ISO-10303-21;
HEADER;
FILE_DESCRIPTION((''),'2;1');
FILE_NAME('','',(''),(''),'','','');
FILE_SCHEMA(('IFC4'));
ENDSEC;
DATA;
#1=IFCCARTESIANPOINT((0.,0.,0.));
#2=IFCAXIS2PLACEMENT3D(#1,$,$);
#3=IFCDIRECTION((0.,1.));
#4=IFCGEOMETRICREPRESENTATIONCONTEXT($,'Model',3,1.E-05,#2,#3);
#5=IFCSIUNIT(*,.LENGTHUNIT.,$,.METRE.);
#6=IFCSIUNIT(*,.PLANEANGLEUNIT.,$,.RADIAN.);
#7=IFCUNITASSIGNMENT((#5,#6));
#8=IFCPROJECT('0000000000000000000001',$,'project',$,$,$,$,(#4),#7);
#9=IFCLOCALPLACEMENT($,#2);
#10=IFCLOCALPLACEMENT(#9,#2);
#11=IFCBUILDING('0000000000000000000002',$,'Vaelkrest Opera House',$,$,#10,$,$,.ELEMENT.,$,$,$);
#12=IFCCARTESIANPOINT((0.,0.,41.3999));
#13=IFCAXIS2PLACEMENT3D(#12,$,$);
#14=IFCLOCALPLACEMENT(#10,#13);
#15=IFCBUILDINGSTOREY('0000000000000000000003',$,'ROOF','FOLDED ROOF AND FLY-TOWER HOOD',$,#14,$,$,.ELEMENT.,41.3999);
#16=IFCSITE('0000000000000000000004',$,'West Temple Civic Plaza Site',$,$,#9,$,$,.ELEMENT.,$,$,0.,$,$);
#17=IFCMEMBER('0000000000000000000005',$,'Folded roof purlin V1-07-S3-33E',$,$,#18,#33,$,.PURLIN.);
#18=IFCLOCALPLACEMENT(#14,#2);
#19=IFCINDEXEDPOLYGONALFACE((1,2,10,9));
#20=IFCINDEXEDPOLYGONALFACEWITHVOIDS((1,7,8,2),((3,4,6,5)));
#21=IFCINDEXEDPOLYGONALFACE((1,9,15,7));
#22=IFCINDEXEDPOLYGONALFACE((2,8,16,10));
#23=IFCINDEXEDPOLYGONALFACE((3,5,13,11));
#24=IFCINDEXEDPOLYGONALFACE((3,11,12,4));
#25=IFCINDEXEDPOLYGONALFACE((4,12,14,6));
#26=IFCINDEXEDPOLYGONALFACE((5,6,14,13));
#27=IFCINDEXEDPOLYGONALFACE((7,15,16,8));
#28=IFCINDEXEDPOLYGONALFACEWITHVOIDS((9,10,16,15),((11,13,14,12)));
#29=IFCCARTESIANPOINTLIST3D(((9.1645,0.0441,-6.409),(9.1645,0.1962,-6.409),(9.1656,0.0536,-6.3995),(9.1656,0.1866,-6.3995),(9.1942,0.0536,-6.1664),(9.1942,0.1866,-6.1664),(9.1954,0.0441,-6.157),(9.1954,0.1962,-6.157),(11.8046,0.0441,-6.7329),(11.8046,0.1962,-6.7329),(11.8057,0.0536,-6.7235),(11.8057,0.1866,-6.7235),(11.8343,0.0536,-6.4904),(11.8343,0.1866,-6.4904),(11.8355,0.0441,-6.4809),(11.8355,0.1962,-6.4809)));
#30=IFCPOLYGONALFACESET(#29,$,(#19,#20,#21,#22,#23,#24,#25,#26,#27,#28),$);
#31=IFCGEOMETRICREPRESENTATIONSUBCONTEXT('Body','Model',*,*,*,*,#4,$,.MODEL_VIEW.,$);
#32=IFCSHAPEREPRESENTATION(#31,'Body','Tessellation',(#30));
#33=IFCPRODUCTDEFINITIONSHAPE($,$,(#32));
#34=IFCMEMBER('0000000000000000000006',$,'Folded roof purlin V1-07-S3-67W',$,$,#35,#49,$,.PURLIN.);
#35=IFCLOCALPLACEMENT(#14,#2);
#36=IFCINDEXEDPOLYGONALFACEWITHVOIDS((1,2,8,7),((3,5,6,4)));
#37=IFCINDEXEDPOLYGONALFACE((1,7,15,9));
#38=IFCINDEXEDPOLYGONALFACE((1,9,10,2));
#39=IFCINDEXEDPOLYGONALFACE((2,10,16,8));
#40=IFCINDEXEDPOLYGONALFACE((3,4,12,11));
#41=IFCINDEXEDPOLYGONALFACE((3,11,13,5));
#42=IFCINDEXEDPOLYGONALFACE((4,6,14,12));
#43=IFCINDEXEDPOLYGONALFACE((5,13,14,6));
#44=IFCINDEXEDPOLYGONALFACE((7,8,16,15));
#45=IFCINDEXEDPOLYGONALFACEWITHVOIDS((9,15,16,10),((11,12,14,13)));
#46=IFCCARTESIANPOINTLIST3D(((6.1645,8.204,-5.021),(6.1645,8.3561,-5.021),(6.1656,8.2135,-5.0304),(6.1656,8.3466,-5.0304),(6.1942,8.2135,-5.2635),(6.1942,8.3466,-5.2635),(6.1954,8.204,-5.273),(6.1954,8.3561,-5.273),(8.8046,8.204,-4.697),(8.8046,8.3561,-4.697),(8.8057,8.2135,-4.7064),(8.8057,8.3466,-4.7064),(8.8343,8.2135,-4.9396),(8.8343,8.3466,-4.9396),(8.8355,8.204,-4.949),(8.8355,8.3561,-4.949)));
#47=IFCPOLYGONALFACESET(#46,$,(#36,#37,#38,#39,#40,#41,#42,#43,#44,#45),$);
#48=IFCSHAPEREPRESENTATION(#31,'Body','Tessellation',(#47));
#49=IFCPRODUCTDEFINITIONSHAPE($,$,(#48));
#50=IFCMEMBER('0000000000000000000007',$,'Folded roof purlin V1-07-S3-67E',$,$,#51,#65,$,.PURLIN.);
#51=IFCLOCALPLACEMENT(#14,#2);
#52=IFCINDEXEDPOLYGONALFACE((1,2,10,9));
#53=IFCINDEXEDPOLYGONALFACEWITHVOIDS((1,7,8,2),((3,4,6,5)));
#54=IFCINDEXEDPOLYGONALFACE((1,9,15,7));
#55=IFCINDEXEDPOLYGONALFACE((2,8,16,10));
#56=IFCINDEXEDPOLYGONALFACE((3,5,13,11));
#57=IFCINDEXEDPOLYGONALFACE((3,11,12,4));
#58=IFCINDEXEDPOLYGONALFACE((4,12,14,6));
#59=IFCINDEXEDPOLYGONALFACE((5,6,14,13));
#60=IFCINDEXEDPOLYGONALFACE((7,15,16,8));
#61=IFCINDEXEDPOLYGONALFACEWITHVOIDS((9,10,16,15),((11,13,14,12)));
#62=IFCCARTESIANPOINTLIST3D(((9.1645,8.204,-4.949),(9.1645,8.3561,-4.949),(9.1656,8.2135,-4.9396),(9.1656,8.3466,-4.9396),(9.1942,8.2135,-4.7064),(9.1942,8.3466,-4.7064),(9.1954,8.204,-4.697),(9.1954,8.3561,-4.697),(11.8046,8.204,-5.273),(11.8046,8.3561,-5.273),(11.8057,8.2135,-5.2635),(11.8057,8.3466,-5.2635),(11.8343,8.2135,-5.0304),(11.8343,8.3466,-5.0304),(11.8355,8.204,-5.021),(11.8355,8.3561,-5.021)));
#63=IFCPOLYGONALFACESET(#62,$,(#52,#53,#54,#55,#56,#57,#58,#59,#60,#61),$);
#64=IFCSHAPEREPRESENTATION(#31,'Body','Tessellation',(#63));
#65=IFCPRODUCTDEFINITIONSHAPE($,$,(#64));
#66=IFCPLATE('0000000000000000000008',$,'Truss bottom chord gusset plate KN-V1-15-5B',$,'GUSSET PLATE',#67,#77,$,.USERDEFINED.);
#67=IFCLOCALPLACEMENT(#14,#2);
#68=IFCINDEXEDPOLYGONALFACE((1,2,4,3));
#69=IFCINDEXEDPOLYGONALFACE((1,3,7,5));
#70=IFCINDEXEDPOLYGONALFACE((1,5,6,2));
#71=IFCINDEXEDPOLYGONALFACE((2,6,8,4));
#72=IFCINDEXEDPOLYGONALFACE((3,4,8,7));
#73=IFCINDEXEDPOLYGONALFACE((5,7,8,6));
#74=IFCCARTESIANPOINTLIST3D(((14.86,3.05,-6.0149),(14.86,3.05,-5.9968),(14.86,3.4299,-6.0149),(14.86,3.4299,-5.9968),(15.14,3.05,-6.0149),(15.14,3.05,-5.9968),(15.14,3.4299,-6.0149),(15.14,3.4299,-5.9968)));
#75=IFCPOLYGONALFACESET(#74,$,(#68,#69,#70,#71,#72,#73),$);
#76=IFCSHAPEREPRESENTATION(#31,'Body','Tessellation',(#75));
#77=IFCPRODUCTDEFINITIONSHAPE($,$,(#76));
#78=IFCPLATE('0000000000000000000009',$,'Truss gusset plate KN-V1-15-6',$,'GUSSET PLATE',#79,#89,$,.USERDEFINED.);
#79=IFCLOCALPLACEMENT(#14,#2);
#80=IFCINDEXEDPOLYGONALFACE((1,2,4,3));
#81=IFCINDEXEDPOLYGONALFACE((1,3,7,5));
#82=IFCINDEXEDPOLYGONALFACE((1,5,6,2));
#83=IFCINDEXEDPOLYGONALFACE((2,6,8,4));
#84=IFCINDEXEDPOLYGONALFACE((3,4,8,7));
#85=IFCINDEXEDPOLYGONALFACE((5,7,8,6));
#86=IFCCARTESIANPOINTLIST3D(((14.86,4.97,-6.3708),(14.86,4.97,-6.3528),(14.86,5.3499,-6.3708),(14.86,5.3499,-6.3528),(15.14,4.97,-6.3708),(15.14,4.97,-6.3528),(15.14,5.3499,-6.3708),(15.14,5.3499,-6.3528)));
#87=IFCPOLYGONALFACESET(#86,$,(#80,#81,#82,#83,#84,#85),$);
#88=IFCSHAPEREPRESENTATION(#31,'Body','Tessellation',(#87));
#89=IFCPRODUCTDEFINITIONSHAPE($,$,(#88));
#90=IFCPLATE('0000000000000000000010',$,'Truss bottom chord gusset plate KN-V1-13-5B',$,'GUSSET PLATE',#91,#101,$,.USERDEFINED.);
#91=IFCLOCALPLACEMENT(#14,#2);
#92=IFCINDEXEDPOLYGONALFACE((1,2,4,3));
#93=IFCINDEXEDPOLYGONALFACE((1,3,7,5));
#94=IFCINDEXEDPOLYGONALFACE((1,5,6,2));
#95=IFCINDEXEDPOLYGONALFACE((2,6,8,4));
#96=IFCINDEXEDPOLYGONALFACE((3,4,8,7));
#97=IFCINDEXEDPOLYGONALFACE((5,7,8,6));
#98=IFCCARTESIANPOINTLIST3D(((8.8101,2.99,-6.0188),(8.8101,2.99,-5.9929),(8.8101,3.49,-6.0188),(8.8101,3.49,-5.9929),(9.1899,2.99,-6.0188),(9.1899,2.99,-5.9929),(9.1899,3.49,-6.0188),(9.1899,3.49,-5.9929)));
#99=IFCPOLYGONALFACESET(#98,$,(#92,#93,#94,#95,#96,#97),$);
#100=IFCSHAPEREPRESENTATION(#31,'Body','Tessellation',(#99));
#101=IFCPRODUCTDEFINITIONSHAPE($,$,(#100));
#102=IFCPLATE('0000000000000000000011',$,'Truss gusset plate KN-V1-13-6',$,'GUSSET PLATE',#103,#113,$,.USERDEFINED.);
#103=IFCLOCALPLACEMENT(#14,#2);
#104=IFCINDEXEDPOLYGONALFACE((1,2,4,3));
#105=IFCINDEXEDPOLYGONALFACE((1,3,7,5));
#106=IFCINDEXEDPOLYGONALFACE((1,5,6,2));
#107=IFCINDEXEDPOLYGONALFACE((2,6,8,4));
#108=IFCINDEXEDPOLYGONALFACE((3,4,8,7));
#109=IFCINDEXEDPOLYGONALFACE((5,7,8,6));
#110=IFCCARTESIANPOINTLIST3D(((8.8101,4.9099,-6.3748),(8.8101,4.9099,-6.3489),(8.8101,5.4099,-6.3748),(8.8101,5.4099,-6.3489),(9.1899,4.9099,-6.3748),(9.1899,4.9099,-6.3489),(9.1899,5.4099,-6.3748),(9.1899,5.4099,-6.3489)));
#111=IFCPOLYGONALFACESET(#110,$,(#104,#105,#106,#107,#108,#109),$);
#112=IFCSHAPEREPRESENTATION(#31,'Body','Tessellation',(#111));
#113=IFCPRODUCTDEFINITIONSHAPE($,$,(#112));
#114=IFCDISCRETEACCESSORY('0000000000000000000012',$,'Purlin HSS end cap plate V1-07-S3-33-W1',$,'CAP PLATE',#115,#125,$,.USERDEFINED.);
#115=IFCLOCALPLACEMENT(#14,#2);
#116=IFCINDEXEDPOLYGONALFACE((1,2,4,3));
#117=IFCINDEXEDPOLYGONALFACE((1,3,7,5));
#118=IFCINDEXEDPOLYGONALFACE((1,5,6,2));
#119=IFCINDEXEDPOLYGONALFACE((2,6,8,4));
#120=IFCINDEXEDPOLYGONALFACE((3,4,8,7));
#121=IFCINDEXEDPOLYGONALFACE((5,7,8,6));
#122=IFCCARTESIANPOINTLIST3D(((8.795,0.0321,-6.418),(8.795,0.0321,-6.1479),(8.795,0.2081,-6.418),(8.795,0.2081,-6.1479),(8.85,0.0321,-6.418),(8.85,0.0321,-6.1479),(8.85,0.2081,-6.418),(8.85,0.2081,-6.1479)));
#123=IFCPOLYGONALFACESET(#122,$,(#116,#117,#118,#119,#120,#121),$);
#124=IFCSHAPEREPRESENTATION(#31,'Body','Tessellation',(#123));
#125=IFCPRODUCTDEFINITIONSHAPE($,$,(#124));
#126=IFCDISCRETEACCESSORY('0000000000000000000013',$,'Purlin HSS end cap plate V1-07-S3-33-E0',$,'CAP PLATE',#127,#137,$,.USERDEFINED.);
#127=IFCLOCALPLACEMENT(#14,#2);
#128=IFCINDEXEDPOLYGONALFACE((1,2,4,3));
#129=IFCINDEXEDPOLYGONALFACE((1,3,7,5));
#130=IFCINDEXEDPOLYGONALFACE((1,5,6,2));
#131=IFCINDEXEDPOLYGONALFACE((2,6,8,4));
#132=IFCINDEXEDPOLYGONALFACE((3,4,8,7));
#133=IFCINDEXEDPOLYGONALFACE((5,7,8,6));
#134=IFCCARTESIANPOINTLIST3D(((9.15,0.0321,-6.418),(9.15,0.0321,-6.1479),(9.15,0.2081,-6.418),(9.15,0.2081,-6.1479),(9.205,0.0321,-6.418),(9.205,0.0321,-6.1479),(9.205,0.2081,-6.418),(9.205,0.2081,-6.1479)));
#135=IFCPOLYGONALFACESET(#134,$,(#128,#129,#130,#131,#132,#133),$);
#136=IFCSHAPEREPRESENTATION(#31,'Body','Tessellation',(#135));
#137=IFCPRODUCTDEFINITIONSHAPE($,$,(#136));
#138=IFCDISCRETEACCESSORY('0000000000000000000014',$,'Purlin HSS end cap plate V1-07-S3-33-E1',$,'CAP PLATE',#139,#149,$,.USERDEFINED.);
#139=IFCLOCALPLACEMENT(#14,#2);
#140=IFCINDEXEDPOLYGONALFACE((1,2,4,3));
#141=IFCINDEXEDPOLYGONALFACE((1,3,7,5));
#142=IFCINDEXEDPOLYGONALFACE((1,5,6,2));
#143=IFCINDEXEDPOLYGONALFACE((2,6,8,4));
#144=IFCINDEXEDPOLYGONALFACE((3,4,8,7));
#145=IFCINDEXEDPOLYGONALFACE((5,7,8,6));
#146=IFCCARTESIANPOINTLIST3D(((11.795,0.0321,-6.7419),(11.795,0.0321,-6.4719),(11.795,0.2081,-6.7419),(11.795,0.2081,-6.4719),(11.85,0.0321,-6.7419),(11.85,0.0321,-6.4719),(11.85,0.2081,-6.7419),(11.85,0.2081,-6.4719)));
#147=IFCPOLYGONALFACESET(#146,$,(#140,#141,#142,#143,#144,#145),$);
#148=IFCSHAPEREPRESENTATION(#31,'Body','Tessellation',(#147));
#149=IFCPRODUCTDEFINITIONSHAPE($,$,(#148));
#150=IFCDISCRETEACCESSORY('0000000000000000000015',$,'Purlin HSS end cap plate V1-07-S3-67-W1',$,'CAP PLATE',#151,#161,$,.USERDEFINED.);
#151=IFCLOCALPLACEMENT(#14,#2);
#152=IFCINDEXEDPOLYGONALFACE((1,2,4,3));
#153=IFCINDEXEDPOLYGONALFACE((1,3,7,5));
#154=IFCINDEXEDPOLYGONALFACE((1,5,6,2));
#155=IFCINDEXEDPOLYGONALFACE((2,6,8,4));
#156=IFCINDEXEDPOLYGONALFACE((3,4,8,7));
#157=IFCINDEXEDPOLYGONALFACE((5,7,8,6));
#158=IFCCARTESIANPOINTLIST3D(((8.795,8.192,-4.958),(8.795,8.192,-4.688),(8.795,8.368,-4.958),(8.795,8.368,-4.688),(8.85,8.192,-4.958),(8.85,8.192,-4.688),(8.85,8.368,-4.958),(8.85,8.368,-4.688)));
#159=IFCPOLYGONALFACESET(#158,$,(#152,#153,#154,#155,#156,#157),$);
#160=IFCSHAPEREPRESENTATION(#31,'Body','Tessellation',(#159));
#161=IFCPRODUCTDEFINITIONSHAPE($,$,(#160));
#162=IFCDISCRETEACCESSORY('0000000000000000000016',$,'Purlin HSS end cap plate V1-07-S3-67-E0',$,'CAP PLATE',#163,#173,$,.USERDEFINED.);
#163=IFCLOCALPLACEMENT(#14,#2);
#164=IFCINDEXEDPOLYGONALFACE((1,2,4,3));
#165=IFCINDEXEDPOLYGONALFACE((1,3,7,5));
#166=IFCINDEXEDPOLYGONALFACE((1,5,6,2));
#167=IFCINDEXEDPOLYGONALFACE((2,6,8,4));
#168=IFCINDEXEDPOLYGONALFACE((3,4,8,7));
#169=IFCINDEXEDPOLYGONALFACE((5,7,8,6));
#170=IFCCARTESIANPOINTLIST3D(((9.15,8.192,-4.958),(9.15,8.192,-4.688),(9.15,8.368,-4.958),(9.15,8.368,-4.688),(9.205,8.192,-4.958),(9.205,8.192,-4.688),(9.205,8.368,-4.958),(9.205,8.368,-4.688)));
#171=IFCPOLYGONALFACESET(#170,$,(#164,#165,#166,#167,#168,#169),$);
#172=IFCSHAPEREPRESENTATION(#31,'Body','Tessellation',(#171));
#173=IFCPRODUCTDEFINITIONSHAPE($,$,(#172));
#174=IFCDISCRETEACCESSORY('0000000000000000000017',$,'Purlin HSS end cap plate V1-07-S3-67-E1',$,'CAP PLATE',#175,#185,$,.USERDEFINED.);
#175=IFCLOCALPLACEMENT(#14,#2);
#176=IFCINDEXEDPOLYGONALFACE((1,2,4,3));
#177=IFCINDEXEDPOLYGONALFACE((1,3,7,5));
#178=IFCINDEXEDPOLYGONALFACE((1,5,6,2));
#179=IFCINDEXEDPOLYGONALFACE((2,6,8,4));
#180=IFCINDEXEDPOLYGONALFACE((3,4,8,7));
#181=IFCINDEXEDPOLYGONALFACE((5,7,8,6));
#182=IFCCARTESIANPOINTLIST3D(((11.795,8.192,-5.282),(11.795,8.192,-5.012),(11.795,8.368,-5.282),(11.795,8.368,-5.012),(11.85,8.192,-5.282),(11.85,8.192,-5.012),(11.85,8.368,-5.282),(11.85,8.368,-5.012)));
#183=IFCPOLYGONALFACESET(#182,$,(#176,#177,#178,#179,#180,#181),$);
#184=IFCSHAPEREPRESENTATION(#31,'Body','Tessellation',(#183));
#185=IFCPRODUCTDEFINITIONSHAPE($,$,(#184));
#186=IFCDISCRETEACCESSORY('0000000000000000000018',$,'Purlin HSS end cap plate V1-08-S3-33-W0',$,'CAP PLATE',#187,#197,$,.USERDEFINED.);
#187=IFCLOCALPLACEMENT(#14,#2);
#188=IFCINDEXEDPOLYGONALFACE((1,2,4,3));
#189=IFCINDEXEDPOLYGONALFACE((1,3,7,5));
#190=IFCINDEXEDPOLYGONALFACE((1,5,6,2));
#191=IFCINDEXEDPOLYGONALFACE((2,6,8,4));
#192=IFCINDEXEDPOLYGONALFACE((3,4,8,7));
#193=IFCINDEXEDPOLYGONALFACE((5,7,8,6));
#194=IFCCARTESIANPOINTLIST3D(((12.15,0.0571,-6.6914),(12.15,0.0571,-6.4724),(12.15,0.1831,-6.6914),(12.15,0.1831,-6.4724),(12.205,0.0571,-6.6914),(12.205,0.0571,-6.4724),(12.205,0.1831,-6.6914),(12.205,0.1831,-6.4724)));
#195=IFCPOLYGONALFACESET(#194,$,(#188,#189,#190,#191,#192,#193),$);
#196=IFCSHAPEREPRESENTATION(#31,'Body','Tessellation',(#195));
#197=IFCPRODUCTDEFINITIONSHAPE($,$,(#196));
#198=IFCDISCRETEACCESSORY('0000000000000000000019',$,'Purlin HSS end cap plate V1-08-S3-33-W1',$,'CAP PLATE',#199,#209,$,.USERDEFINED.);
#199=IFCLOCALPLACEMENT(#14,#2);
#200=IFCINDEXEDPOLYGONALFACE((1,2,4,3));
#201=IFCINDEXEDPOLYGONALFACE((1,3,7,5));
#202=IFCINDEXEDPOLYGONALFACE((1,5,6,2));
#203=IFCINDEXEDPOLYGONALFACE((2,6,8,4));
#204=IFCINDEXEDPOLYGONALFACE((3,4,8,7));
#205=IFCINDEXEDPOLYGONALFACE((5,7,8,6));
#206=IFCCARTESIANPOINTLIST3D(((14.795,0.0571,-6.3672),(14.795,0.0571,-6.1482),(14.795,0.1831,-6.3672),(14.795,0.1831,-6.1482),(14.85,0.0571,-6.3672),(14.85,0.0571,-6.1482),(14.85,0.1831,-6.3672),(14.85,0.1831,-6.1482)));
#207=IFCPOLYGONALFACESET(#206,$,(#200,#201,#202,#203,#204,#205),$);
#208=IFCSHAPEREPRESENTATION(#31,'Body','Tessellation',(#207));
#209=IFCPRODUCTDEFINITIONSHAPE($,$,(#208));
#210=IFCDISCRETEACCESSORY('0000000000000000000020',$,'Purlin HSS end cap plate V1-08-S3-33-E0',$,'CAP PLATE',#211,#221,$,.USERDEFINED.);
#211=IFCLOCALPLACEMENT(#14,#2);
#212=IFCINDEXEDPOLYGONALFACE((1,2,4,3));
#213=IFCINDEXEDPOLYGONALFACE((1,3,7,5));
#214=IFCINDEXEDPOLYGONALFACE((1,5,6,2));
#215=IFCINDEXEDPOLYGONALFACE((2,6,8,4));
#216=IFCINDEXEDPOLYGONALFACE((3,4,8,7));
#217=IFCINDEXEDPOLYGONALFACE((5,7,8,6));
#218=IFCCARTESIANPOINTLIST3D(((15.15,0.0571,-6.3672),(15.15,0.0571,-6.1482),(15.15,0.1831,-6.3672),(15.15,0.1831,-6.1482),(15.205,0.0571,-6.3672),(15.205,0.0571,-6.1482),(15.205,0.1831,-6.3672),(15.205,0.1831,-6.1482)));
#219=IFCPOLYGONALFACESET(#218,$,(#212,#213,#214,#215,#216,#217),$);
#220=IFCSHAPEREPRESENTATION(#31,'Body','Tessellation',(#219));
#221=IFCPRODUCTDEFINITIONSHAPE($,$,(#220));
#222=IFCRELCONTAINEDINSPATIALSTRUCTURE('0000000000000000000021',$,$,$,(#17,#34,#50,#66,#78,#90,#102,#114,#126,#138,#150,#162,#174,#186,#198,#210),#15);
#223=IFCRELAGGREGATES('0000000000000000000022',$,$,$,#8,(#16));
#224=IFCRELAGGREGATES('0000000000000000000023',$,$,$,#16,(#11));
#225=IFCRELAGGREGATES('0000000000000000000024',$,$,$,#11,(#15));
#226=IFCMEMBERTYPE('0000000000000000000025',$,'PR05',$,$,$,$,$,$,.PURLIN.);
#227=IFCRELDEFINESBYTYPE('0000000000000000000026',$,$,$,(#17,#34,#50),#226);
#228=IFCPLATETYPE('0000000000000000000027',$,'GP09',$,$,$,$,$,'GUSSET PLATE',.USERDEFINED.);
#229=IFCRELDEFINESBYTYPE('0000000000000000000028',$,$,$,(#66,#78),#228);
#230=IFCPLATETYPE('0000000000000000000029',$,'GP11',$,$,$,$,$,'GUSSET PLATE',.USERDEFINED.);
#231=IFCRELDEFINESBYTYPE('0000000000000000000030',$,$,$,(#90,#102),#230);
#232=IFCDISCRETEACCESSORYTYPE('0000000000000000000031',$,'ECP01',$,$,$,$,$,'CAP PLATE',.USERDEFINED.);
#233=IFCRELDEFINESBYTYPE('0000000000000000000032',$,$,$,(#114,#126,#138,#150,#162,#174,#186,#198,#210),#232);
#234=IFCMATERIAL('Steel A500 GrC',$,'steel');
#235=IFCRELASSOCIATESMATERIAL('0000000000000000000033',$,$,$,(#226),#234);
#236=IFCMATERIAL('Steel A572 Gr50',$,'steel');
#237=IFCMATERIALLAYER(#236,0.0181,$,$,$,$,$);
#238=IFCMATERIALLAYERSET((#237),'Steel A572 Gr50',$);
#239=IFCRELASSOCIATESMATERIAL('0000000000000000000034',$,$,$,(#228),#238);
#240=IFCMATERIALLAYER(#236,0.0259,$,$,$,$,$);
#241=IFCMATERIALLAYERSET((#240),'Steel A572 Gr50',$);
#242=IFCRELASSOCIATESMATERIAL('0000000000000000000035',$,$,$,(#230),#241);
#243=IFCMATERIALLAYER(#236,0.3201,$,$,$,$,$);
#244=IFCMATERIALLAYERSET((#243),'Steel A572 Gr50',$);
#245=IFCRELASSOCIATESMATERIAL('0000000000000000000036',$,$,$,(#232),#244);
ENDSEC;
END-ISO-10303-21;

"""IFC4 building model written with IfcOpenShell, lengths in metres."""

from ifc_helpers import new_model, si_unit, direction, frame, origin, origin_2d, place, context, subcontext, project, spatial, rectangle, hollow_rectangle, extrude, material, layer, layer_set, material_profile, profile_set, type_object, element, save


model = new_model("IFC4")

# Units and contexts
model_context = context("Model", 3, precision=1e-05, world=origin(), true_north=direction((0.0, 1.0)))
body_context = subcontext(model_context, "Body", "Model", "MODEL_VIEW")
ifc_project = project(units=[si_unit("LENGTHUNIT", "METRE"), si_unit("PLANEANGLEUNIT", "RADIAN")], contexts=[model_context])

# Site, building, storey
site_placement = place(None, origin())
site = spatial("IfcSite", under=ifc_project, at=site_placement, Name="West Temple Civic Plaza Site", CompositionType="ELEMENT", RefElevation=0.0)
building_placement = place(site_placement, origin())
building = spatial("IfcBuilding", under=site, at=building_placement, Name="Vaelkrest Opera House", CompositionType="ELEMENT")
storey_placement = place(building_placement, frame((0.0, 0.0, 41.3999)))
storey = spatial("IfcBuildingStorey", under=building, at=storey_placement, Name="ROOF", Description="FOLDED ROOF AND FLY-TOWER HOOD", CompositionType="ELEMENT", Elevation=41.3999)

# Members
ifc_material_1 = material(Name="Steel A500 GrC", Category="steel")
ifc_material_profile_1 = material_profile(ifc_material_1, hollow_rectangle(XDim=0.1521, YDim=0.2539, WallThickness=0.0095, at=origin_2d()), Name="HSS254X152X9.5")
ifc_profile_set_1 = profile_set([ifc_material_profile_1], Name="Steel A500 GrC")
member_type_1 = type_object("IfcMemberType", Name="PR05", PredefinedType="PURLIN", material=ifc_profile_set_1)
for number, where, z_axis, x_axis, name in (
    (1, (9.1799, 0.1201, -6.283), (0.992555, 0.0, -0.121798), (0.0, 1.0, 0.0), "Folded roof purlin V1-07-S3-33E"),
    (2, (6.1799, 8.28, -5.147), (0.992555, 0.0, 0.121798), (0.0, 1.0, 0.0), "Folded roof purlin V1-07-S3-67W"),
    (3, (9.1799, 8.28, -4.823), (0.992555, 0.0, -0.121798), (0.0, 1.0, 0.0), "Folded roof purlin V1-07-S3-67E"),
):
    element("IfcMember", number, at=place(storey_placement, frame(where, z_axis=z_axis, x_axis=x_axis)), inside=storey, type_object=member_type_1, Name=name, PredefinedType="PURLIN", context=body_context, shape_type="SweptSolid", body=[
        extrude(hollow_rectangle(XDim=0.1521, YDim=0.2539, WallThickness=0.0095, at=origin_2d()), origin(), (0.0, 0.0, 1.0), 2.6599),
    ])

# Plates
ifc_material_2 = material(Name="Steel A572 Gr50", Category="steel")
ifc_layer_1 = layer(ifc_material_2, 0.0181)
ifc_layer_set_1 = layer_set([ifc_layer_1], Name="Steel A572 Gr50")
plate_type_1 = type_object("IfcPlateType", Name="GP09", ElementType="GUSSET PLATE", PredefinedType="USERDEFINED", material=ifc_layer_set_1)
for number, where, z_axis, x_axis, name in (
    (4, (15.0, 3.24, -6.0149), (0.0, 0.0, 1.0), (0.0, 1.0, 0.0), "Truss bottom chord gusset plate KN-V1-15-5B"),
    (5, (15.0, 5.1599, -6.3708), (0.0, 0.0, 1.0), (0.0, 1.0, 0.0), "Truss gusset plate KN-V1-15-6"),
):
    element("IfcPlate", number, at=place(storey_placement, frame(where, z_axis=z_axis, x_axis=x_axis)), inside=storey, type_object=plate_type_1, Name=name, ObjectType="GUSSET PLATE", PredefinedType="USERDEFINED", context=body_context, shape_type="SweptSolid", body=[
        extrude(rectangle(XDim=0.3799, YDim=0.28, at=origin_2d()), origin(), (0.0, 0.0, 1.0), 0.0181),
    ])
ifc_layer_2 = layer(ifc_material_2, 0.0259)
ifc_layer_set_2 = layer_set([ifc_layer_2], Name="Steel A572 Gr50")
plate_type_2 = type_object("IfcPlateType", Name="GP11", ElementType="GUSSET PLATE", PredefinedType="USERDEFINED", material=ifc_layer_set_2)
for number, where, z_axis, x_axis, name in (
    (6, (9.0, 3.24, -6.0188), (0.0, 0.0, 1.0), (0.0, 1.0, 0.0), "Truss bottom chord gusset plate KN-V1-13-5B"),
    (7, (9.0, 5.1599, -6.3748), (0.0, 0.0, 1.0), (0.0, 1.0, 0.0), "Truss gusset plate KN-V1-13-6"),
):
    element("IfcPlate", number, at=place(storey_placement, frame(where, z_axis=z_axis, x_axis=x_axis)), inside=storey, type_object=plate_type_2, Name=name, ObjectType="GUSSET PLATE", PredefinedType="USERDEFINED", context=body_context, shape_type="SweptSolid", body=[
        extrude(rectangle(XDim=0.5, YDim=0.3799, at=origin_2d()), origin(), (0.0, 0.0, 1.0), 0.0259),
    ])

# Discrete accessories
ifc_layer_3 = layer(ifc_material_2, 0.3201)
ifc_layer_set_3 = layer_set([ifc_layer_3], Name="Steel A572 Gr50")
discrete_accessory_type = type_object("IfcDiscreteAccessoryType", Name="ECP01", ElementType="CAP PLATE", PredefinedType="USERDEFINED", material=ifc_layer_set_3)
for number, where, z_axis, x_axis, name in (
    (8, (8.8225, 0.1201, -6.418), (0.0, 0.0, 1.0), (1.0, 0.0, 0.0), "Purlin HSS end cap plate V1-07-S3-33-W1"),
    (9, (9.1775, 0.1201, -6.418), (0.0, 0.0, 1.0), (1.0, 0.0, 0.0), "Purlin HSS end cap plate V1-07-S3-33-E0"),
    (10, (11.8225, 0.1201, -6.7419), (0.0, 0.0, 1.0), (1.0, 0.0, 0.0), "Purlin HSS end cap plate V1-07-S3-33-E1"),
    (11, (8.8225, 8.28, -4.958), (0.0, 0.0, 1.0), (1.0, 0.0, 0.0), "Purlin HSS end cap plate V1-07-S3-67-W1"),
    (12, (9.1775, 8.28, -4.958), (0.0, 0.0, 1.0), (1.0, 0.0, 0.0), "Purlin HSS end cap plate V1-07-S3-67-E0"),
    (13, (11.8225, 8.28, -5.282), (0.0, 0.0, 1.0), (1.0, 0.0, 0.0), "Purlin HSS end cap plate V1-07-S3-67-E1"),
):
    element("IfcDiscreteAccessory", number, at=place(storey_placement, frame(where, z_axis=z_axis, x_axis=x_axis)), inside=storey, type_object=discrete_accessory_type, Name=name, ObjectType="CAP PLATE", PredefinedType="USERDEFINED", context=body_context, shape_type="SweptSolid", body=[
        extrude(rectangle(XDim=0.0549, YDim=0.176, at=origin_2d()), origin(), (0.0, 0.0, 1.0), 0.27),
    ])
for number, where, z_axis, x_axis, name in (
    (14, (12.1775, 0.1201, -6.6914), (0.0, 0.0, 1.0), (1.0, 0.0, 0.0), "Purlin HSS end cap plate V1-08-S3-33-W0"),
    (15, (14.8225, 0.1201, -6.3672), (0.0, 0.0, 1.0), (1.0, 0.0, 0.0), "Purlin HSS end cap plate V1-08-S3-33-W1"),
    (16, (15.1775, 0.1201, -6.3672), (0.0, 0.0, 1.0), (1.0, 0.0, 0.0), "Purlin HSS end cap plate V1-08-S3-33-E0"),
):
    element("IfcDiscreteAccessory", number, at=place(storey_placement, frame(where, z_axis=z_axis, x_axis=x_axis)), inside=storey, type_object=discrete_accessory_type, Name=name, ObjectType="CAP PLATE", PredefinedType="USERDEFINED", context=body_context, shape_type="SweptSolid", body=[
        extrude(rectangle(XDim=0.0549, YDim=0.126, at=origin_2d()), origin(), (0.0, 0.0, 1.0), 0.219),
    ])

save(model, "model.ifc")
